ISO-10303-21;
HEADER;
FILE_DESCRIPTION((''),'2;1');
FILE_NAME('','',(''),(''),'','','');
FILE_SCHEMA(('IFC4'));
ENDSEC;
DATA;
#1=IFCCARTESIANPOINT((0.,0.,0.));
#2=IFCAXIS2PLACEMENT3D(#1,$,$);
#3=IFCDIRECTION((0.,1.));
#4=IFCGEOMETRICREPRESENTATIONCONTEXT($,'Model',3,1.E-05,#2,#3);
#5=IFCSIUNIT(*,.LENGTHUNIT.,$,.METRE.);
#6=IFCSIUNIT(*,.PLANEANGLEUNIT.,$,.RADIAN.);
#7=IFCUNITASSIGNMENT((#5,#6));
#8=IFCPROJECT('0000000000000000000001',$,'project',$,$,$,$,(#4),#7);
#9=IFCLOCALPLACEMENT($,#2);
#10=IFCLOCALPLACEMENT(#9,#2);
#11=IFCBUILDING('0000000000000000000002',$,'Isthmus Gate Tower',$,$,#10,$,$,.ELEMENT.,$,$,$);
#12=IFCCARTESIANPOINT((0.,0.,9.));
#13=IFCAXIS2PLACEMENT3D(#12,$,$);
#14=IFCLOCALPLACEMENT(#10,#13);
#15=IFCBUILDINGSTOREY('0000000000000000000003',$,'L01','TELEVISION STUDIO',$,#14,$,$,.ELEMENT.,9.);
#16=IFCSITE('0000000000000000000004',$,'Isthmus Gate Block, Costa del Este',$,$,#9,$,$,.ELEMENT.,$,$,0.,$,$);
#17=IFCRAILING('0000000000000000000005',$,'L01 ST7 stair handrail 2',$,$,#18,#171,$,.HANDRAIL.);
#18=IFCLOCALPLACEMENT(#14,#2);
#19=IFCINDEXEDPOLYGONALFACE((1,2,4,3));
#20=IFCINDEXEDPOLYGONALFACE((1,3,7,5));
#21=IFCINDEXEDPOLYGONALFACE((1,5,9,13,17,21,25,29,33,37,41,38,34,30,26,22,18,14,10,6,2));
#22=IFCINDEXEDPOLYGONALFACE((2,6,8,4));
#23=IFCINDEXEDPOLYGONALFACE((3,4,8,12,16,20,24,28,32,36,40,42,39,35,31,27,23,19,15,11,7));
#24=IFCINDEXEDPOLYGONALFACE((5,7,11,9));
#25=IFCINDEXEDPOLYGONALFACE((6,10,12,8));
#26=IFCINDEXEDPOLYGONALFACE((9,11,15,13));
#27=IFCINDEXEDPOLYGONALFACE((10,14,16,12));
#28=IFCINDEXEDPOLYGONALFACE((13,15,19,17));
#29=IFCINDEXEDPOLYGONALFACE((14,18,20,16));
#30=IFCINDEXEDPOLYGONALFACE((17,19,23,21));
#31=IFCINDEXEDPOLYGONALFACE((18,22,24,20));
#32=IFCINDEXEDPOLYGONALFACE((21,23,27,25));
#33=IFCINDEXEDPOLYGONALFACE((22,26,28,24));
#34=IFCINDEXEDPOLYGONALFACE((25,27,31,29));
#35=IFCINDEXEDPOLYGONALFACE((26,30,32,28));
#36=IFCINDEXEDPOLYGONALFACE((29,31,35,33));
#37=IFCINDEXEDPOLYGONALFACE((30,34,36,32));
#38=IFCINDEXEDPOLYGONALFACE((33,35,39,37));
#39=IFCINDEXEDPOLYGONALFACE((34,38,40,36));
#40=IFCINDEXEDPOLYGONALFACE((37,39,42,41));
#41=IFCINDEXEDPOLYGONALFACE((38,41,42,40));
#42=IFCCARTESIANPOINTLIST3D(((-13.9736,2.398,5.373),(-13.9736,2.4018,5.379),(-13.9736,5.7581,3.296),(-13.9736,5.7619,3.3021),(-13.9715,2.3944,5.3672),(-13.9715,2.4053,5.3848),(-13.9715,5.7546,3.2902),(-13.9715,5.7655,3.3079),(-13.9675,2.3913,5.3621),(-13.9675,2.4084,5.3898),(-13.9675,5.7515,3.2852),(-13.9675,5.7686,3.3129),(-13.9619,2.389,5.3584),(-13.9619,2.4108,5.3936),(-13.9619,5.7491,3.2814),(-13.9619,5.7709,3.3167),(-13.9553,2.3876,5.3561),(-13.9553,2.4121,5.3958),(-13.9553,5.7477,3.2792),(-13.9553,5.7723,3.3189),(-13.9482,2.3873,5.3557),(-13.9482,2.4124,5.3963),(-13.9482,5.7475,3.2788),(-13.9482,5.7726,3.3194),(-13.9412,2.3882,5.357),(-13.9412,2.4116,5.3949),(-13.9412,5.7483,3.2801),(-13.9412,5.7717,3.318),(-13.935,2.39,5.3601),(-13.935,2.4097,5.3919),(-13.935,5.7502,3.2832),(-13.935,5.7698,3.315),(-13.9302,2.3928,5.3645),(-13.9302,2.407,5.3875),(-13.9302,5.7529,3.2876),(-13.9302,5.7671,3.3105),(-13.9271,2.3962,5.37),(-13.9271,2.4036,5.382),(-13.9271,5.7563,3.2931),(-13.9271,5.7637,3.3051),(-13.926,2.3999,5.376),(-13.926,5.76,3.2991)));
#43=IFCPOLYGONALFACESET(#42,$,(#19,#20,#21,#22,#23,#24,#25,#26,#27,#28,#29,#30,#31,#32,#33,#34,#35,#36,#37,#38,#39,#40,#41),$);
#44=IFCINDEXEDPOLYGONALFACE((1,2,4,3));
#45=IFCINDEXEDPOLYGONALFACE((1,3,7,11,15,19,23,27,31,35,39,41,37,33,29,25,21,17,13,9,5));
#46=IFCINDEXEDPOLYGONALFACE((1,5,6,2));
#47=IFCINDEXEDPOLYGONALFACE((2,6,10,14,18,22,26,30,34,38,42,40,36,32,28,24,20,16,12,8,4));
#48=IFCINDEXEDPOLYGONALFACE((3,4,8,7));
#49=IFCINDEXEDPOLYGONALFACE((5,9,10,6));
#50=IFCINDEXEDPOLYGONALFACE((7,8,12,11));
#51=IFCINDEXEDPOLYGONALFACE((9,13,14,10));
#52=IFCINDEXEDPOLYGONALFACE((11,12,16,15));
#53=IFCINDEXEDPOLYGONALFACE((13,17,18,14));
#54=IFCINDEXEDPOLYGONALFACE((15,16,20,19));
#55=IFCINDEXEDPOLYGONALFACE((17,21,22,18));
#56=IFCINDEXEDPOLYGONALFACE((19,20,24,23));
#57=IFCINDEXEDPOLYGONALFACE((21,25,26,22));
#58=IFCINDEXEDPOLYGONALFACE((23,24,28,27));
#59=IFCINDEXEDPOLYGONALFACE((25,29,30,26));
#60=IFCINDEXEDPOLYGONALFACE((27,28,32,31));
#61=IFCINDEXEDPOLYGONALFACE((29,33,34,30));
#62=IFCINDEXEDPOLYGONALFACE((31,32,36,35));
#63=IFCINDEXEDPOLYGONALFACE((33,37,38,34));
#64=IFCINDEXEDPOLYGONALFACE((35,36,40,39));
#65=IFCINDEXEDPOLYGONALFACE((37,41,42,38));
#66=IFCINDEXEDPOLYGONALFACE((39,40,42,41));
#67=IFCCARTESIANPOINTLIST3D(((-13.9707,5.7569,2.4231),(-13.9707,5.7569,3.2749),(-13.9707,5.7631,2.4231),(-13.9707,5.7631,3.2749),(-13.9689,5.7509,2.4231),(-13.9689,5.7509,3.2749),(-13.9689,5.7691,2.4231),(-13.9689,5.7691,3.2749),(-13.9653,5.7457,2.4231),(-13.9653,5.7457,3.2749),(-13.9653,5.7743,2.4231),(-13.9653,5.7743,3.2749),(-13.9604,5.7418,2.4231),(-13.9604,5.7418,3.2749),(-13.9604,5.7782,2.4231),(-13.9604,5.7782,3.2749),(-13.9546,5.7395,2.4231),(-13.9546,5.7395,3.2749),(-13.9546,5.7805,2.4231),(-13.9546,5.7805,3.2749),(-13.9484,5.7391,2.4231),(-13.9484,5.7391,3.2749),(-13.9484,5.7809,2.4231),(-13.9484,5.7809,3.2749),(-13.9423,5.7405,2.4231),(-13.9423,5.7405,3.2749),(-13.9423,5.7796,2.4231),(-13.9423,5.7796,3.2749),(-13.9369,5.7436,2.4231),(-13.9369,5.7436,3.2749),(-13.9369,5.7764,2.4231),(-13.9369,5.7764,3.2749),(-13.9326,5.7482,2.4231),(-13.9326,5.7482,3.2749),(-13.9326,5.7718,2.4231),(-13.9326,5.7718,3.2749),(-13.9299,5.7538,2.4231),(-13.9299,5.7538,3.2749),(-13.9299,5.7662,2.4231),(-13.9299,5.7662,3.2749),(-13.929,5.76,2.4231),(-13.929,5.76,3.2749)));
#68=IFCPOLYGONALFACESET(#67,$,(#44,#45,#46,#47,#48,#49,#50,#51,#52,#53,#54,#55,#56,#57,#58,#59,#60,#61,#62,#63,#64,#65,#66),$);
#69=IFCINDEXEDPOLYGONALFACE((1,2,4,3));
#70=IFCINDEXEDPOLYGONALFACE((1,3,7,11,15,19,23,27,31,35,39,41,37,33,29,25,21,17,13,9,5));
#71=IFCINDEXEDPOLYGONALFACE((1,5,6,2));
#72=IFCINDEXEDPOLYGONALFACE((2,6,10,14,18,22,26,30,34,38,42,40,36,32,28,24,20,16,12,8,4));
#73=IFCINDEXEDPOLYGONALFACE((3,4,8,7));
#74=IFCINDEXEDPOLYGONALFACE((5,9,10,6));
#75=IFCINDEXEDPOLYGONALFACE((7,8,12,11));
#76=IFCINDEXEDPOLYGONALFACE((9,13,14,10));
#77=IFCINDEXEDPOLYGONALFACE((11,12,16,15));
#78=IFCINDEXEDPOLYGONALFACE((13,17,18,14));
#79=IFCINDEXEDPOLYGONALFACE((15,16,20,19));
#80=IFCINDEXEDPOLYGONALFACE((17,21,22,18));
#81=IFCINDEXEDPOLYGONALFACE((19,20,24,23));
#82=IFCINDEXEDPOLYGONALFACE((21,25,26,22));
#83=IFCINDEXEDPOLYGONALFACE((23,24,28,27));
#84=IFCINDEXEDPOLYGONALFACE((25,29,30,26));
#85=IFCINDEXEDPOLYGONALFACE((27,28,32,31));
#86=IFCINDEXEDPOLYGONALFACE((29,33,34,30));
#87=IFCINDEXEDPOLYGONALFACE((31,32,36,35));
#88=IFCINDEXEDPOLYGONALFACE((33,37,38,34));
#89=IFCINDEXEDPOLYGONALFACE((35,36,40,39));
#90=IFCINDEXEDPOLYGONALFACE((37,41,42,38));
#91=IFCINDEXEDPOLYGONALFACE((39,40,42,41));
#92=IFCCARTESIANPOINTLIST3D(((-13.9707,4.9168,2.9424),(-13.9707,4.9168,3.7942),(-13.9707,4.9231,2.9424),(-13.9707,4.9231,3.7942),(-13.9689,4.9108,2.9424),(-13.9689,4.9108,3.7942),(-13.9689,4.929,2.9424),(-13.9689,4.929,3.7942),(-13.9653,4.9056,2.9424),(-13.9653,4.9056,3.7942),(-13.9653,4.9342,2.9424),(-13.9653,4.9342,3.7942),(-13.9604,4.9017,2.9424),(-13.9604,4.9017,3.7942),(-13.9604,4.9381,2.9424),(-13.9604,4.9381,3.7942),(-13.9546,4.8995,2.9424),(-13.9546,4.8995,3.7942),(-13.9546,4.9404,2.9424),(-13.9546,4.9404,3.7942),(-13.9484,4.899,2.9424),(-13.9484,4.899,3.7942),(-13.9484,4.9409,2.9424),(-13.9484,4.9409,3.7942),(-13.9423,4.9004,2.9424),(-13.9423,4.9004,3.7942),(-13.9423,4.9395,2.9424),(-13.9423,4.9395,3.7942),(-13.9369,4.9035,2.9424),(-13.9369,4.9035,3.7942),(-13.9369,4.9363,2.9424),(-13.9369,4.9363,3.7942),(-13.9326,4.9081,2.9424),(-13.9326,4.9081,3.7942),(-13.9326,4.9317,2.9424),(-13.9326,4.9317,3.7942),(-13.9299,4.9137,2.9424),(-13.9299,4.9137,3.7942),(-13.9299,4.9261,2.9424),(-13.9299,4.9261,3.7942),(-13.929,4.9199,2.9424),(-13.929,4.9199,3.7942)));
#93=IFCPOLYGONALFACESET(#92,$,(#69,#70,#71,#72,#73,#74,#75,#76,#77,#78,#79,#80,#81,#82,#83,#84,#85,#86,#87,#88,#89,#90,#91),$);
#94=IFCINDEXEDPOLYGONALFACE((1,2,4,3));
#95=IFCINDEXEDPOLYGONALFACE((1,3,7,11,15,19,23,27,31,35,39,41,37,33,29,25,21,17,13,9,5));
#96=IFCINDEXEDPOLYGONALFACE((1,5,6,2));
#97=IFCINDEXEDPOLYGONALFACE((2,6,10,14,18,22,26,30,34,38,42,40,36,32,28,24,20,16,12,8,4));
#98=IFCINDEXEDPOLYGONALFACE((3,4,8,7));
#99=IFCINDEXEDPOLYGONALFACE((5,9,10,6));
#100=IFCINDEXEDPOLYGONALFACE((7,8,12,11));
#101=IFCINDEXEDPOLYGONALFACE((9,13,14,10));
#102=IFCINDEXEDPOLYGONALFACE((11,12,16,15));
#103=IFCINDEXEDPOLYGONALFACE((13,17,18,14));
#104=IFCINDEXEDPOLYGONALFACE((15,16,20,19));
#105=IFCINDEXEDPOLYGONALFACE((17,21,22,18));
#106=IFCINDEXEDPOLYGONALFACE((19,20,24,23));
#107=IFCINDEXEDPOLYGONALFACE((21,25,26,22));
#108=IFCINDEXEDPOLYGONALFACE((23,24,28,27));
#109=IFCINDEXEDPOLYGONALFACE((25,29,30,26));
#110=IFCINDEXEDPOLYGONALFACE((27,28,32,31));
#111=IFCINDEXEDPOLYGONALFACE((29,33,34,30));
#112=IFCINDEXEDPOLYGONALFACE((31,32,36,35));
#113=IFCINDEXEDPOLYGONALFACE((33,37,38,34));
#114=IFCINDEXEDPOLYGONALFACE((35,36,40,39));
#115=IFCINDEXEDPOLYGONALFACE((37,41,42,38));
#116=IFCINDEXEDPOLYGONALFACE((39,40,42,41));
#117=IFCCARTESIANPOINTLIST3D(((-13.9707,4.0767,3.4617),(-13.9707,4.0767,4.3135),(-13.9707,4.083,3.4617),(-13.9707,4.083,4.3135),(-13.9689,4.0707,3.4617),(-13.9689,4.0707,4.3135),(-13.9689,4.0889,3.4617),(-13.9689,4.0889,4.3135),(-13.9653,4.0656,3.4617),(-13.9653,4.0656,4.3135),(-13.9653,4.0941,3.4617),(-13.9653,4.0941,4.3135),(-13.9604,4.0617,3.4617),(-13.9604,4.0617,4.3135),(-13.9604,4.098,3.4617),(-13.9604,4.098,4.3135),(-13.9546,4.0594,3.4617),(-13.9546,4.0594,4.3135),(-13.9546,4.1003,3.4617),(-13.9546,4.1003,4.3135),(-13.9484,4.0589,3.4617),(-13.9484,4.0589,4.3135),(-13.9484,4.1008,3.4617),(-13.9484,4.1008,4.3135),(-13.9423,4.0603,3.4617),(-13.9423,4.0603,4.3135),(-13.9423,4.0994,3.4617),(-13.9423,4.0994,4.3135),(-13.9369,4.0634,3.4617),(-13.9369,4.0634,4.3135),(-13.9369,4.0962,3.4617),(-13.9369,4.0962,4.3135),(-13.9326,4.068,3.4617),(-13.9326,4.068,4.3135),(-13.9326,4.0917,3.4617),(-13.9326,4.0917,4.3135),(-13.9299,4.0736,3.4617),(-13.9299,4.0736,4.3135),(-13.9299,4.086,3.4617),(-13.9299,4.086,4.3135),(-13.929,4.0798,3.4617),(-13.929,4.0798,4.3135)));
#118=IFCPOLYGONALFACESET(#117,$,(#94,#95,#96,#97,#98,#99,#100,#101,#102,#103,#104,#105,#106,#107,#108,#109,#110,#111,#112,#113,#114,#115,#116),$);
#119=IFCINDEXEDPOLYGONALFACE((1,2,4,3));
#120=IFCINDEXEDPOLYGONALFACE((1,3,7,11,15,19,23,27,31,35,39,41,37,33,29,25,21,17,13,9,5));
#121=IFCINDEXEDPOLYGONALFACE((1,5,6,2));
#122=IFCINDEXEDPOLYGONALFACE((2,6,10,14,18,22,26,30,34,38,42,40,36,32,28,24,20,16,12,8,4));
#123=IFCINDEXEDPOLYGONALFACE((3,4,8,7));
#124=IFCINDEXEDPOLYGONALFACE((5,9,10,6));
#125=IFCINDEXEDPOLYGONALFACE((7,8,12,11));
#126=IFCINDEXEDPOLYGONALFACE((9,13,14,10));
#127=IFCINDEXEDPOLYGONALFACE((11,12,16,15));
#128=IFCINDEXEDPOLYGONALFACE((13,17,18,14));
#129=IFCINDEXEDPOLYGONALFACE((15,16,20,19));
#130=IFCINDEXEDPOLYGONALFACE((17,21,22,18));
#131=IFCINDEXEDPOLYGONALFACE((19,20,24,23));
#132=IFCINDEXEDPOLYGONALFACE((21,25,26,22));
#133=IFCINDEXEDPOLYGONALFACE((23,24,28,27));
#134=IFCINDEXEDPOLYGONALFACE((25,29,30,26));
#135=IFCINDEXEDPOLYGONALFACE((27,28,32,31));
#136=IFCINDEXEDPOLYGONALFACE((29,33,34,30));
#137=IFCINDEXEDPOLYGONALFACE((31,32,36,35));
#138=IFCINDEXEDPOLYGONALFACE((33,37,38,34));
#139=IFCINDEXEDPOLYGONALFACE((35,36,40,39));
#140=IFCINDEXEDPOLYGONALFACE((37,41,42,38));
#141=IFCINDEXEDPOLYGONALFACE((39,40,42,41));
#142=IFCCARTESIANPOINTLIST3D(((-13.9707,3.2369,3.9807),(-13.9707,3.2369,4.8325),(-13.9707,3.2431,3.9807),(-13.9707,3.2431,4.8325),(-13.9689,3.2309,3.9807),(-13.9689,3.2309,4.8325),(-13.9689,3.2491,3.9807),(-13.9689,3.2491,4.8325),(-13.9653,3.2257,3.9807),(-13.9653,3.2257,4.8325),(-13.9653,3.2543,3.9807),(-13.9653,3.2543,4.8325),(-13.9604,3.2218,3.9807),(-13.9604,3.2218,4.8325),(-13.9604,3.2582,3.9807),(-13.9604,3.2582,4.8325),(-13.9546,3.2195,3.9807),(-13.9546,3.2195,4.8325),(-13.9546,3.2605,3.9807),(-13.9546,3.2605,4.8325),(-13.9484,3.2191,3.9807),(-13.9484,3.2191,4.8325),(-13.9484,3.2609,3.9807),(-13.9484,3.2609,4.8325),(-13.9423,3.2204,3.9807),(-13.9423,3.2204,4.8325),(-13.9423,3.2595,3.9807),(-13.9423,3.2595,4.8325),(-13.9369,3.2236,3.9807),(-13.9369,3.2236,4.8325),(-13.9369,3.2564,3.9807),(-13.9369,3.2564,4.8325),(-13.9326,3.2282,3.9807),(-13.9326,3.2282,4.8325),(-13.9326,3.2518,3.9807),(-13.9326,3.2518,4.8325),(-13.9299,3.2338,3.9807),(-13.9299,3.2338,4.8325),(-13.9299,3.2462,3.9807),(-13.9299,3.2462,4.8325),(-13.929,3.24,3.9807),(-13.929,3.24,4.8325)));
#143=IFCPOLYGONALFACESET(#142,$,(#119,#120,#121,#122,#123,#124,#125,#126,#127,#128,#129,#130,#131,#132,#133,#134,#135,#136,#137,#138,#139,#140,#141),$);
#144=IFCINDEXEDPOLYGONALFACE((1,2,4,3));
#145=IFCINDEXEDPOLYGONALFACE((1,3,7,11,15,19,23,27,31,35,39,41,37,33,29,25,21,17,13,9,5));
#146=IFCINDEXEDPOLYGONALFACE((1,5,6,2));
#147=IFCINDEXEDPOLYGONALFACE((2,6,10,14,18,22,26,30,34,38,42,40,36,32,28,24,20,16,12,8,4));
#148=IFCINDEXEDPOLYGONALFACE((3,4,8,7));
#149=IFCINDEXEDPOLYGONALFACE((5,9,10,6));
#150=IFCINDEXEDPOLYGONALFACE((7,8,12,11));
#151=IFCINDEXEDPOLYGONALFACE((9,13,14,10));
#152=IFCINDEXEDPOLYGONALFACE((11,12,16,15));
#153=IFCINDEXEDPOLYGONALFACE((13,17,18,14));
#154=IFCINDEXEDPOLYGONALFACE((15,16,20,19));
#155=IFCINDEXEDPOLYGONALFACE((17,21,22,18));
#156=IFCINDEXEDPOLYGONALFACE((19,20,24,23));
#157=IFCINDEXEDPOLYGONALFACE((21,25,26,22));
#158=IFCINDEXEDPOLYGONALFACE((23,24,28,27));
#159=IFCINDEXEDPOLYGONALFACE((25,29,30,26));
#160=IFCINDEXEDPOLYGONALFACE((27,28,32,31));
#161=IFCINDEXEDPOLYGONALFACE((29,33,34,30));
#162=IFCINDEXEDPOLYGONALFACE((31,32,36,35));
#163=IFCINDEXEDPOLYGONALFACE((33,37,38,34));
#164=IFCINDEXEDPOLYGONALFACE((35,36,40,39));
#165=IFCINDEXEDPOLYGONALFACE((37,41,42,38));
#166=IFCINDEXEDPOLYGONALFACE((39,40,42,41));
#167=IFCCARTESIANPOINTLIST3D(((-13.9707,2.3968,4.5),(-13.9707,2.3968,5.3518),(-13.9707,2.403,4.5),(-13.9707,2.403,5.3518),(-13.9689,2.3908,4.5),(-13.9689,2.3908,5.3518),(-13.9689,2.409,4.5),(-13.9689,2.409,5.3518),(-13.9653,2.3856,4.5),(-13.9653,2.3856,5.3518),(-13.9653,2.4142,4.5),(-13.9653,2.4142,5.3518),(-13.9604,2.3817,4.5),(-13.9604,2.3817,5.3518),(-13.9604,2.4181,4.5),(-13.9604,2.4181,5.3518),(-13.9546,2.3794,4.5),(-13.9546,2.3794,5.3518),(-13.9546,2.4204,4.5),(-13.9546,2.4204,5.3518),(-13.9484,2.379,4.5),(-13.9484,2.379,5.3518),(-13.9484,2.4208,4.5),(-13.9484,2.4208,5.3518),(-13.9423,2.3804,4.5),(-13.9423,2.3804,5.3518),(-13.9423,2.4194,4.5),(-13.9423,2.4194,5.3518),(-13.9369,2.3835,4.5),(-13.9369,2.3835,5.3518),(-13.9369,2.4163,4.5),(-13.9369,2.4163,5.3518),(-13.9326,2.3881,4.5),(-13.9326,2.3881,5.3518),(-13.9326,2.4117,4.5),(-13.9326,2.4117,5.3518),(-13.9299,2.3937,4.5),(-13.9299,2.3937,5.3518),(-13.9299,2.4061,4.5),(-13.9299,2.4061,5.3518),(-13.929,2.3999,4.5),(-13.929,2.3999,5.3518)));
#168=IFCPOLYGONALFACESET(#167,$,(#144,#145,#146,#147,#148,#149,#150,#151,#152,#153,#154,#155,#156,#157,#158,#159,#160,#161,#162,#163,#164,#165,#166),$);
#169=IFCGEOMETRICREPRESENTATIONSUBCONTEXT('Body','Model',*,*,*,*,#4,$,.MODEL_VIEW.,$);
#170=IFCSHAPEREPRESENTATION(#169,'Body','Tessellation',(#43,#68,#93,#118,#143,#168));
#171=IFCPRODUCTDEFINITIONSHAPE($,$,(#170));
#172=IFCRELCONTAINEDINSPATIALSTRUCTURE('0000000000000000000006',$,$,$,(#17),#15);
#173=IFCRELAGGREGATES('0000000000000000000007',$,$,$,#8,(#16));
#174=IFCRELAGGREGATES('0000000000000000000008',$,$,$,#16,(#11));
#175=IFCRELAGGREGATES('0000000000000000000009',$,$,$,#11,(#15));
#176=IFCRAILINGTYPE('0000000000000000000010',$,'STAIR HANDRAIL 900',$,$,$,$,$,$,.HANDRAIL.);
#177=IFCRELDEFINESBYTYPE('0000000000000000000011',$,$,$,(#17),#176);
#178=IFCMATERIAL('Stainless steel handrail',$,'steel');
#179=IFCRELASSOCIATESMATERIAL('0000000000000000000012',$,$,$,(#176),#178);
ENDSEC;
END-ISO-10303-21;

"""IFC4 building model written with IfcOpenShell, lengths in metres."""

from ifc_helpers import new_model, si_unit, direction, frame, origin, origin_2d, place, context, subcontext, project, spatial, circle, extrude, material, type_object, element, save


model = new_model("IFC4")

# Units and contexts
model_context = context("Model", 3, precision=1e-05, world=origin(), true_north=direction((0.0, 1.0)))
body_context = subcontext(model_context, "Body", "Model", "MODEL_VIEW")
ifc_project = project(units=[si_unit("LENGTHUNIT", "METRE"), si_unit("PLANEANGLEUNIT", "RADIAN")], contexts=[model_context])

# Site, building, storey
site_placement = place(None, origin())
site = spatial("IfcSite", under=ifc_project, at=site_placement, Name="Isthmus Gate Block, Costa del Este", CompositionType="ELEMENT", RefElevation=0.0)
building_placement = place(site_placement, origin())
building = spatial("IfcBuilding", under=site, at=building_placement, Name="Isthmus Gate Tower", CompositionType="ELEMENT")
storey_placement = place(building_placement, frame((0.0, 0.0, 9.0)))
storey = spatial("IfcBuildingStorey", under=building, at=storey_placement, Name="L01", Description="TELEVISION STUDIO", CompositionType="ELEMENT", Elevation=9.0)

# Railing
ifc_material_1 = material(Name="Stainless steel handrail", Category="steel")
railing_type_1 = type_object("IfcRailingType", Name="STAIR HANDRAIL 900", PredefinedType="HANDRAIL", material=ifc_material_1)
railing_1_placement = place(storey_placement, frame((-13.95, 5.76, 2.4231)))
element("IfcRailing", 1, at=railing_1_placement, inside=storey, type_object=railing_type_1, Name="L01 ST7 stair handrail 2", PredefinedType="HANDRAIL", context=body_context, shape_type="SweptSolid", body=[
    extrude(circle(Radius=0.0239, at=origin_2d()), frame((0.0, 0.0, 0.876), z_axis=(0.0, -0.850623, 0.525776), x_axis=(1.0, 0.0, 0.0)), (0.0, 0.0, 1.0), 3.9502),
    extrude(circle(Radius=0.021, at=origin_2d()), origin(), (0.0, 0.0, 1.0), 0.8518),
    extrude(circle(Radius=0.021, at=origin_2d()), frame((0.0, -0.8401, 0.5193)), (0.0, 0.0, 1.0), 0.8518),
    extrude(circle(Radius=0.021, at=origin_2d()), frame((0.0, -1.6802, 1.0386)), (0.0, 0.0, 1.0), 0.8518),
    extrude(circle(Radius=0.021, at=origin_2d()), frame((0.0, -2.52, 1.5576)), (0.0, 0.0, 1.0), 0.8518),
    extrude(circle(Radius=0.021, at=origin_2d()), frame((0.0, -3.3601, 2.0769)), (0.0, 0.0, 1.0), 0.8518),
])

save(model, "model.ifc")
